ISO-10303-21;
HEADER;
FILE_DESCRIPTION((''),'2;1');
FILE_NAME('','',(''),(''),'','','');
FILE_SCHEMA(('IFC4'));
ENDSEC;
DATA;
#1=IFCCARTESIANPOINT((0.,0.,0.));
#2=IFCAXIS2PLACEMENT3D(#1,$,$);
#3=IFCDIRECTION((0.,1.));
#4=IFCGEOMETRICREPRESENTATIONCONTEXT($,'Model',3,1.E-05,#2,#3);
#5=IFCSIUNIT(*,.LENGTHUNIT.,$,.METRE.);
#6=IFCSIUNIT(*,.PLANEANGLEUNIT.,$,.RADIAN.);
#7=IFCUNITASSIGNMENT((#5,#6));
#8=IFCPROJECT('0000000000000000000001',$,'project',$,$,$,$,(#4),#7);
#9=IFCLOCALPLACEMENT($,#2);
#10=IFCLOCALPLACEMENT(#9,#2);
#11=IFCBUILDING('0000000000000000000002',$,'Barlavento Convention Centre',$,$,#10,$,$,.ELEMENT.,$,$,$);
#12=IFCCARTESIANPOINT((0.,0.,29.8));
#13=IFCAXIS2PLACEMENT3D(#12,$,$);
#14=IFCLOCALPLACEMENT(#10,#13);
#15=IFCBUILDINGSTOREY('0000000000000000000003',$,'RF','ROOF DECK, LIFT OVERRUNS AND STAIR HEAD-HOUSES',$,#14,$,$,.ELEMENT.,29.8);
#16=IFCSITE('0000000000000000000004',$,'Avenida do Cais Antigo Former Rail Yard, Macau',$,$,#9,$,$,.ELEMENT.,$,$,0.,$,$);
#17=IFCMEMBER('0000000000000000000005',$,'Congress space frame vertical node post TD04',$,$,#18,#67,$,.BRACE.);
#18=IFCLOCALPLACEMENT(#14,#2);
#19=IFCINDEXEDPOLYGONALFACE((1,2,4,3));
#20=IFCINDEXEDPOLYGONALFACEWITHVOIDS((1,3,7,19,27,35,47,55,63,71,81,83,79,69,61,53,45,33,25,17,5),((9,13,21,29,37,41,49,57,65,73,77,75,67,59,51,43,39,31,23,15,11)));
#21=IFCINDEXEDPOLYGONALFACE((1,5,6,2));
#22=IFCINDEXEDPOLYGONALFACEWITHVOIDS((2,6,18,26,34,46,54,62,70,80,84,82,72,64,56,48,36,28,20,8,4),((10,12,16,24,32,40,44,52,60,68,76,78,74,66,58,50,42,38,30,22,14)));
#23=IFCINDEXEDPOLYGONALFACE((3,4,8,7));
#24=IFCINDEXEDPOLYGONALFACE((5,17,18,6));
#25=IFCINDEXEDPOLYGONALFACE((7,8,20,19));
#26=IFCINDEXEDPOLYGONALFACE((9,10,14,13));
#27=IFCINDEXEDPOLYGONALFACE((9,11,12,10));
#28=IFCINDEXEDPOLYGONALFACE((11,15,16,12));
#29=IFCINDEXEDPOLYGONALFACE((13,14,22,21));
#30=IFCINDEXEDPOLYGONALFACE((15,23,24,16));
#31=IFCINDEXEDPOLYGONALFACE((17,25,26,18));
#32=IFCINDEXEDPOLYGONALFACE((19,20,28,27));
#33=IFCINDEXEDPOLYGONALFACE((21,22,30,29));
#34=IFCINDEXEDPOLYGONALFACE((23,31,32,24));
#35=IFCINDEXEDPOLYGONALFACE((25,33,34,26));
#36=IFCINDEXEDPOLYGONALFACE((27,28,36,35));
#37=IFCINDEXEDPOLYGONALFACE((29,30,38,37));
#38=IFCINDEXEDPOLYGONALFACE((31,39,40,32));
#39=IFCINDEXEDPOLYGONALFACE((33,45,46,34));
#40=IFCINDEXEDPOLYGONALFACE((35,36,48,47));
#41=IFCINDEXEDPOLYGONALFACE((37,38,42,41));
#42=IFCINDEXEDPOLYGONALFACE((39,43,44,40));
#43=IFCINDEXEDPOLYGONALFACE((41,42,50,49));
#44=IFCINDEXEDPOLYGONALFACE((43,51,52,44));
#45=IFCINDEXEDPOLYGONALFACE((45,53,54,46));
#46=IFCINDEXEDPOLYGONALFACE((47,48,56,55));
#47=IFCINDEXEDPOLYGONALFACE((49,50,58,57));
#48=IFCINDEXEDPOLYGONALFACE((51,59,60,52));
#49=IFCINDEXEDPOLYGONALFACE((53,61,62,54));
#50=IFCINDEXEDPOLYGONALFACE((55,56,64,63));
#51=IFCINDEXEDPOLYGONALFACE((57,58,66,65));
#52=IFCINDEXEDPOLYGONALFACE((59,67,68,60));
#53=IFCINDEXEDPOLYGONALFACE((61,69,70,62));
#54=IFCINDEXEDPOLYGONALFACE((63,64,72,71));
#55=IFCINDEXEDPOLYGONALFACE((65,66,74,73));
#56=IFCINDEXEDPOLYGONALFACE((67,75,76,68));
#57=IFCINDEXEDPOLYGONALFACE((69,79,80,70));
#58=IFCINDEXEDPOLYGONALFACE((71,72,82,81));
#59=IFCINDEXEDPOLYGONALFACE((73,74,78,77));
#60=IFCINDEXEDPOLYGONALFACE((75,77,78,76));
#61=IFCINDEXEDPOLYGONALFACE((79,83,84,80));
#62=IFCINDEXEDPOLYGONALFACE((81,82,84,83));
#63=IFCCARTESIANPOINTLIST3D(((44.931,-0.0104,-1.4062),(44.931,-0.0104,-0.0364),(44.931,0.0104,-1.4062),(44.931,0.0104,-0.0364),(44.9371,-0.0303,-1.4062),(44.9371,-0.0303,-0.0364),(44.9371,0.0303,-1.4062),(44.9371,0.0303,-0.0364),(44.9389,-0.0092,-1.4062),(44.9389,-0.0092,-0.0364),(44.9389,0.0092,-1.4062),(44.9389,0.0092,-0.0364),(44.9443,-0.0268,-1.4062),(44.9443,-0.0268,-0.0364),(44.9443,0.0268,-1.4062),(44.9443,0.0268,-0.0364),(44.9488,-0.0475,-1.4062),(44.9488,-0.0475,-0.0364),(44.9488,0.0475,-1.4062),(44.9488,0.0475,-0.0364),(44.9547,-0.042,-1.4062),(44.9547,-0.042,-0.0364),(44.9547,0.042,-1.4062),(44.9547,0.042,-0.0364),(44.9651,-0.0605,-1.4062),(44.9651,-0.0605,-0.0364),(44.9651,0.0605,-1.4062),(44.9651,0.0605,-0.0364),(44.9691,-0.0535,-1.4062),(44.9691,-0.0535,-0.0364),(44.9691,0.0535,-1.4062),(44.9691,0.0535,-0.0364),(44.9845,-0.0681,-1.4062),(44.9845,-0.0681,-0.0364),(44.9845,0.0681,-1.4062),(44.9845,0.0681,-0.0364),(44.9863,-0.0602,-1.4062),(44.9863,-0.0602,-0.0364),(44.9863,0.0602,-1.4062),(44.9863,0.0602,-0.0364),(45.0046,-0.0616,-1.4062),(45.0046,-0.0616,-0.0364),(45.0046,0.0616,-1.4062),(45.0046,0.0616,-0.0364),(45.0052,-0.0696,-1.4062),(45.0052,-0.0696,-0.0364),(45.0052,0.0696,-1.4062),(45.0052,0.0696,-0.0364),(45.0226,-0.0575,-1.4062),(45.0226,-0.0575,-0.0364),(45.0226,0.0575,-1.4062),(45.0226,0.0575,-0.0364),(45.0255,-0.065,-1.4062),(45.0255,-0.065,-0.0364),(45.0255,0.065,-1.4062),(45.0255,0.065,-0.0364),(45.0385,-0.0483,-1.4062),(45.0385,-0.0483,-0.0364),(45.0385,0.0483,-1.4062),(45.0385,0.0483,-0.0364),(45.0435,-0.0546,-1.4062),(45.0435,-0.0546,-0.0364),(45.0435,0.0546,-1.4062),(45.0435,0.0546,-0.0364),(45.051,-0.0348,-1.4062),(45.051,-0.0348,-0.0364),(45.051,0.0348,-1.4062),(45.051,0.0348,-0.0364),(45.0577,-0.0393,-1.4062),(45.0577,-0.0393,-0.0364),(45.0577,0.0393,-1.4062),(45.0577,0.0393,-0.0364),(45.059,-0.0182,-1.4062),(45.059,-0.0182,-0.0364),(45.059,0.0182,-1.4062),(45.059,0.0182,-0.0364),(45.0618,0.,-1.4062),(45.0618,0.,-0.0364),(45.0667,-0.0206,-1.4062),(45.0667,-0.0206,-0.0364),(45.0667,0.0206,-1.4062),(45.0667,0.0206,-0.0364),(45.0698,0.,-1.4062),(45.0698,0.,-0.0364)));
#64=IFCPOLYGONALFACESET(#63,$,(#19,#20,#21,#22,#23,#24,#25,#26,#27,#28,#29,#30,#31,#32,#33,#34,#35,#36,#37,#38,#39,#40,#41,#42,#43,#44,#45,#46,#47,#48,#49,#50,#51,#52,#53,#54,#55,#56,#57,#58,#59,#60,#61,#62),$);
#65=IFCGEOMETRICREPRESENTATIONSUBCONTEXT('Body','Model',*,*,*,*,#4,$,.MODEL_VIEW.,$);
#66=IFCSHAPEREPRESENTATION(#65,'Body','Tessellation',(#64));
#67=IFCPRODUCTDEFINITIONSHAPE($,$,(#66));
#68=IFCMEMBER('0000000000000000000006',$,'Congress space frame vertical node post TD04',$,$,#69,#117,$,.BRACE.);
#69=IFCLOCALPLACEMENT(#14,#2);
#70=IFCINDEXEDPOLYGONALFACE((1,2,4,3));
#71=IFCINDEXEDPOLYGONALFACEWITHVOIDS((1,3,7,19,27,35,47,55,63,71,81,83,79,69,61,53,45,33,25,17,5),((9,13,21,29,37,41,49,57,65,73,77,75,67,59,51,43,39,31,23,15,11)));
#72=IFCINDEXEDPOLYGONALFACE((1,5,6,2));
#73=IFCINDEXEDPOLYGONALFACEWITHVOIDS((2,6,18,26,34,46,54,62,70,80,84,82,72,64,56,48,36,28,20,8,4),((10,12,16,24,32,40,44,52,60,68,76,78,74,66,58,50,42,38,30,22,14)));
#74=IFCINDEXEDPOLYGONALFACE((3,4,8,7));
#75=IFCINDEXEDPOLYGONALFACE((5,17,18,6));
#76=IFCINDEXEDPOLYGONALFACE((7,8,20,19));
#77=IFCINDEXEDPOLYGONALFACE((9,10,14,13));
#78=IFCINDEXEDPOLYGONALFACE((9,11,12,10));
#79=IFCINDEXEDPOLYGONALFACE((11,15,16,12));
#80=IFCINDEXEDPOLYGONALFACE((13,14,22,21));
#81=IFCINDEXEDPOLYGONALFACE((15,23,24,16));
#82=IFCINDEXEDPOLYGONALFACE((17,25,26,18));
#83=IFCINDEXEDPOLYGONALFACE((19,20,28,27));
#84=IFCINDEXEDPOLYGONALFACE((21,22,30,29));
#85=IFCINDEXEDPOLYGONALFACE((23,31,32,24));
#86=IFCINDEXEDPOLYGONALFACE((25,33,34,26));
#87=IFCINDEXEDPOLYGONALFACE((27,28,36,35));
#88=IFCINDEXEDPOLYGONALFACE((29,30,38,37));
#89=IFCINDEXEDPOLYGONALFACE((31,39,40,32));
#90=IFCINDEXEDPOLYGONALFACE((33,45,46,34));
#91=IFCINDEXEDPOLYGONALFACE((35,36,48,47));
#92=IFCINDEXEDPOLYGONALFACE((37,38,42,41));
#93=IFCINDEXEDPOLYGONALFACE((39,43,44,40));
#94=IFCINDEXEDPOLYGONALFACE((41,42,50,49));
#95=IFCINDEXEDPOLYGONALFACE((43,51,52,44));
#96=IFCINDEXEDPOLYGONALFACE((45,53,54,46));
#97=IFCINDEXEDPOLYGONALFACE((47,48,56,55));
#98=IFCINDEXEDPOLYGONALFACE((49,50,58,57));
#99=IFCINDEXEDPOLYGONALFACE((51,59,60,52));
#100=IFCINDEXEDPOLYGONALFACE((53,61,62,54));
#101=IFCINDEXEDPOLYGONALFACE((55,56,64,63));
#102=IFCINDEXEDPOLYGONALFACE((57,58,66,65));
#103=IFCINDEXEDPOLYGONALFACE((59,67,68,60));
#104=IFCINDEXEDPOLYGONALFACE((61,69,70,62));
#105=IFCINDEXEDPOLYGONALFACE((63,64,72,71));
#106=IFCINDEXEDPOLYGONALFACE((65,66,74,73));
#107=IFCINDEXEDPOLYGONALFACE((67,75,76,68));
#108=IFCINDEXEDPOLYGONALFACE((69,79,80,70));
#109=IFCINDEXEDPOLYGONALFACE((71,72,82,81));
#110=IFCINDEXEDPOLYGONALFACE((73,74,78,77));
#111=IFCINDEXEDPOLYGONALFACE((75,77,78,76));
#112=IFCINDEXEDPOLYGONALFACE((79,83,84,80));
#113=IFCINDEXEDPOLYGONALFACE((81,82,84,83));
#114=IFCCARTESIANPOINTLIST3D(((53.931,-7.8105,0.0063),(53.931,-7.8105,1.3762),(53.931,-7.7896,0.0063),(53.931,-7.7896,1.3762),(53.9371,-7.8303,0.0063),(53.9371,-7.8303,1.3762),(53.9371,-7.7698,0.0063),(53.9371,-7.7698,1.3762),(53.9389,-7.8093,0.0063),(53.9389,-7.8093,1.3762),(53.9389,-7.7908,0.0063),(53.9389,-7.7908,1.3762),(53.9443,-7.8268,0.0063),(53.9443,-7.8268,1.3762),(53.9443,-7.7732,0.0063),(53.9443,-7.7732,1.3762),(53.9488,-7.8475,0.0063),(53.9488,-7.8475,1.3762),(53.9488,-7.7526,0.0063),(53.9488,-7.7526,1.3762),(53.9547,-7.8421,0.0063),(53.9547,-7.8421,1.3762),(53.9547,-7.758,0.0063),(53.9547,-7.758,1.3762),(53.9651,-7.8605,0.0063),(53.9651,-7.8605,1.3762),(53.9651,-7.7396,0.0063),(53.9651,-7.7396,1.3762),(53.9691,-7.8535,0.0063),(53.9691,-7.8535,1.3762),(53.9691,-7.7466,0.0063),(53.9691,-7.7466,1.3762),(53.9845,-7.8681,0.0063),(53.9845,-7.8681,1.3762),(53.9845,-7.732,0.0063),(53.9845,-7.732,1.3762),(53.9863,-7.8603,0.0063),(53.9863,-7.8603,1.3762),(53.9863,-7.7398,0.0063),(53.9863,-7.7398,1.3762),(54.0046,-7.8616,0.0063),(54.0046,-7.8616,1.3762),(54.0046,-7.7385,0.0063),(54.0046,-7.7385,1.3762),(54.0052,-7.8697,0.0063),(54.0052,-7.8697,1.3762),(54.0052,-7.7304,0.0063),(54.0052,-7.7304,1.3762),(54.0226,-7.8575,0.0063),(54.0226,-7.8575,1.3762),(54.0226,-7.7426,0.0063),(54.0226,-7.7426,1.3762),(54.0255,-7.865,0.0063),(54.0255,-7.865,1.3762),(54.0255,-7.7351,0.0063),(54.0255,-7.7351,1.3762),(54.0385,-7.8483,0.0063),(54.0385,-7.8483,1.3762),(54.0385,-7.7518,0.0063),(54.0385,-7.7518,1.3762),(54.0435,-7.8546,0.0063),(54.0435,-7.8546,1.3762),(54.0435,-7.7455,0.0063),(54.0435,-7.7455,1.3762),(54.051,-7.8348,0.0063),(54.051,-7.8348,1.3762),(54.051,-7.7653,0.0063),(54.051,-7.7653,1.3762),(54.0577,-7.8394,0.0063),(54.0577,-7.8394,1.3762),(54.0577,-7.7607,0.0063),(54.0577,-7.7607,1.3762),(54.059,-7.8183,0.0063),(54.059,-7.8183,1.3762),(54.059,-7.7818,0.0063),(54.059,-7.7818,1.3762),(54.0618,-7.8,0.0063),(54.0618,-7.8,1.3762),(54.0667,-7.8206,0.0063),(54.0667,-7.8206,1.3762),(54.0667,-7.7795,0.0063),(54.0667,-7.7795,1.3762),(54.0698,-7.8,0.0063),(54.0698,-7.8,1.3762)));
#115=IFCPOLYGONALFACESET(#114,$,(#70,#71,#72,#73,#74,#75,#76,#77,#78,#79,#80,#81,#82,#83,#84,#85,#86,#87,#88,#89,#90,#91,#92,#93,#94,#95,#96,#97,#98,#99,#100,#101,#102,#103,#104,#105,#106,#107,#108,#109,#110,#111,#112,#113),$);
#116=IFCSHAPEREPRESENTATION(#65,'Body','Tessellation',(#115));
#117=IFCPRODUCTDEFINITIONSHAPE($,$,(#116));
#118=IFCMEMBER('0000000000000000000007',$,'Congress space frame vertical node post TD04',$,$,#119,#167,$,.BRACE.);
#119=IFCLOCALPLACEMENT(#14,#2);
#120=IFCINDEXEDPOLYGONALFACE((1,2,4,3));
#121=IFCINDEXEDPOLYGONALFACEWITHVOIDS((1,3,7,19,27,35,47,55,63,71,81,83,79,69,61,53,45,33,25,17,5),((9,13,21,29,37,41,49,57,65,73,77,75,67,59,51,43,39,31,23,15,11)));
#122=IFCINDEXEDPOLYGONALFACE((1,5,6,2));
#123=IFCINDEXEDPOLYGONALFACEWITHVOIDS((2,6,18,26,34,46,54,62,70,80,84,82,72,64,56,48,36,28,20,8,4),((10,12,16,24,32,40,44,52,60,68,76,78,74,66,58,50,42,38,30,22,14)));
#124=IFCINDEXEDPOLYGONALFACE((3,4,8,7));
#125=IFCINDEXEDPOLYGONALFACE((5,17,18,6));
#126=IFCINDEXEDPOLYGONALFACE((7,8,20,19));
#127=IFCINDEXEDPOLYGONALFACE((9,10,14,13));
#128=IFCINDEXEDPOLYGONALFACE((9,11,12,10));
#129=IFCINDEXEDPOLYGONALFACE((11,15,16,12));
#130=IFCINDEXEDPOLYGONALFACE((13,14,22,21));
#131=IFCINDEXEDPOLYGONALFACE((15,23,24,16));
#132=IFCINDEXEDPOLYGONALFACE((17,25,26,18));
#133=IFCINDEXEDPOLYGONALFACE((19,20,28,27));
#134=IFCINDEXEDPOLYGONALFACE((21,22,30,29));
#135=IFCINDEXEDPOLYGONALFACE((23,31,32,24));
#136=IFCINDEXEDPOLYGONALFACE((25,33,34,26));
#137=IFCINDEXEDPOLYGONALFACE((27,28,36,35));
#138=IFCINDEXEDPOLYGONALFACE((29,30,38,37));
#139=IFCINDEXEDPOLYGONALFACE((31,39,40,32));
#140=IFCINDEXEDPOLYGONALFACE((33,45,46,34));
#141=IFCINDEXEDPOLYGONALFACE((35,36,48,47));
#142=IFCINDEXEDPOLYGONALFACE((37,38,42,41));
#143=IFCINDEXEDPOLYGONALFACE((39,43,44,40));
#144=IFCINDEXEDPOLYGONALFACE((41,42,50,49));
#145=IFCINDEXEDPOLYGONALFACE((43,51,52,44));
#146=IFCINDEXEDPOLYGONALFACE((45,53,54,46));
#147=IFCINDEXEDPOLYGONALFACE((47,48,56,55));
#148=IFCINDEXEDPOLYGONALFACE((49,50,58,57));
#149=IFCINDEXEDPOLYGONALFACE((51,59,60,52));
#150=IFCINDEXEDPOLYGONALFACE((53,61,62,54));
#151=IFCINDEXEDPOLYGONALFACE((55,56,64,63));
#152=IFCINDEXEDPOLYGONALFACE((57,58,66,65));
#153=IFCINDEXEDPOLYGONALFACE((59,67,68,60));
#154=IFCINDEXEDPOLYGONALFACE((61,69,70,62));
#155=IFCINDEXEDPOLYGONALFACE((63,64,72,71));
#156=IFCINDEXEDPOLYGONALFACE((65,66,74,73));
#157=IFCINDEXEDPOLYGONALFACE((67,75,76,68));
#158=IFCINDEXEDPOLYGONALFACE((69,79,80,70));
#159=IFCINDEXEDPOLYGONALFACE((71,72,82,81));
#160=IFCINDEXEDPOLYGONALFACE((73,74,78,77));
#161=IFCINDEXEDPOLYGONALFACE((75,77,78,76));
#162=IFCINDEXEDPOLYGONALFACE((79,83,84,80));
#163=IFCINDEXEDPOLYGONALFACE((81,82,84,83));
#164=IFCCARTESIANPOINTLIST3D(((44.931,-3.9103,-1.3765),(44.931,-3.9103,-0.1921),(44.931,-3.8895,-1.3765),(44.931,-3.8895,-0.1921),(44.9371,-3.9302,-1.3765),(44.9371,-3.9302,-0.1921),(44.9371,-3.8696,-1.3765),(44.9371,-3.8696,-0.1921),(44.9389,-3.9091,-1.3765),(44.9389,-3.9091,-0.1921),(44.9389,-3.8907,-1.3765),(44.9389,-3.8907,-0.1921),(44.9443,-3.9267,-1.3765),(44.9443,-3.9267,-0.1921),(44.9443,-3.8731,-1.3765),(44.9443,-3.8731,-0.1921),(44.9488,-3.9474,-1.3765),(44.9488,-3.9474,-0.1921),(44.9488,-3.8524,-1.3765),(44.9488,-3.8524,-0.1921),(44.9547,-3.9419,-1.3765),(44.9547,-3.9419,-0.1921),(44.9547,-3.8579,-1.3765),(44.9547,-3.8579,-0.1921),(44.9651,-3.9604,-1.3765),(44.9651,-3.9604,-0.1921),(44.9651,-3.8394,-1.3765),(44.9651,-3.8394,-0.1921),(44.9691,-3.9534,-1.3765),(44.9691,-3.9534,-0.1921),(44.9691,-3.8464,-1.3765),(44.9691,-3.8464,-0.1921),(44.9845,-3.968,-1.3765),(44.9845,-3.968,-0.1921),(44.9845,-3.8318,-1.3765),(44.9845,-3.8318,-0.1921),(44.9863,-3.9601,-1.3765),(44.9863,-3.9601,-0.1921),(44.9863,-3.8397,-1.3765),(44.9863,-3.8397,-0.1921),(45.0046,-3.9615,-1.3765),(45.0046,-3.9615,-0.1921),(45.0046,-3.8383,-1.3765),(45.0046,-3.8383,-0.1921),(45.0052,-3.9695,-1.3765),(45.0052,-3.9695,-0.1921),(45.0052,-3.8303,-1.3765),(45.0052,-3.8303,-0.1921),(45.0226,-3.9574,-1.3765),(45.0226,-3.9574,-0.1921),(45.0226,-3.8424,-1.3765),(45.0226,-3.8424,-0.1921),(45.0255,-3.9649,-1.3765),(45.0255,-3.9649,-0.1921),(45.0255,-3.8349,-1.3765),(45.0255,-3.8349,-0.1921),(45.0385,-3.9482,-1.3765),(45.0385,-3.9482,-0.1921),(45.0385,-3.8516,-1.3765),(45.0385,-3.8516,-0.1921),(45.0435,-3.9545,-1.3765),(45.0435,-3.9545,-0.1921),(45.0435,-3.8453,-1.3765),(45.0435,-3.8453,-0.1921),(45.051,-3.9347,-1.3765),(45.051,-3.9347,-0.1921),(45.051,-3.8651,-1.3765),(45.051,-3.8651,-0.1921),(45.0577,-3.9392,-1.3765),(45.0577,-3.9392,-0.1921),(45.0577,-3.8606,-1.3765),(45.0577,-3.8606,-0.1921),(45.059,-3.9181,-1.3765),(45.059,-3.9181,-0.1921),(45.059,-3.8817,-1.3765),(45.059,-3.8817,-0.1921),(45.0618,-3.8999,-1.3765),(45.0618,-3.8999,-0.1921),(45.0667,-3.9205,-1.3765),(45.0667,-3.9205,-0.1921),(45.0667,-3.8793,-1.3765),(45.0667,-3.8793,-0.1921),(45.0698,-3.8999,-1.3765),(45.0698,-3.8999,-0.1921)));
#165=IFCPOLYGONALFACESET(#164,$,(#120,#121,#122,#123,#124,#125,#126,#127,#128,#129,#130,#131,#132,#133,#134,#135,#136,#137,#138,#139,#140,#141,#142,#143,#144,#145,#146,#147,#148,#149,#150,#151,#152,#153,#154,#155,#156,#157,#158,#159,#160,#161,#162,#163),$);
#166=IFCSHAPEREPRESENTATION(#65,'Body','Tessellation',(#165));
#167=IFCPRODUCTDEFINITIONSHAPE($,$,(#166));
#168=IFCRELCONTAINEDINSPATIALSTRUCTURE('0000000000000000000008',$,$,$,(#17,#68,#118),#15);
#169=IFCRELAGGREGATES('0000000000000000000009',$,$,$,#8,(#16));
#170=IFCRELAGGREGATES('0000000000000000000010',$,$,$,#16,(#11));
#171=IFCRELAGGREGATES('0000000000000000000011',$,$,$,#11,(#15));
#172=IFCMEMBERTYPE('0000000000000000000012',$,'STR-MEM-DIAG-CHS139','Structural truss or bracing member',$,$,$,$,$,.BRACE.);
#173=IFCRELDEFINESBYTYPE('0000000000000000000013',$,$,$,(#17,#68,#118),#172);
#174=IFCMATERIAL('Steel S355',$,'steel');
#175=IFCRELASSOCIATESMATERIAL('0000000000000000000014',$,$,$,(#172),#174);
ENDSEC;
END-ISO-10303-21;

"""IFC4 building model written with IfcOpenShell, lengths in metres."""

from ifc_helpers import new_model, si_unit, direction, frame, origin, origin_2d, place, context, subcontext, project, spatial, hollow_circle, extrude, material, material_profile, profile_set, type_object, element, save


model = new_model("IFC4")

# Units and contexts
model_context = context("Model", 3, precision=1e-05, world=origin(), true_north=direction((0.0, 1.0)))
body_context = subcontext(model_context, "Body", "Model", "MODEL_VIEW")
ifc_project = project(units=[si_unit("LENGTHUNIT", "METRE"), si_unit("PLANEANGLEUNIT", "RADIAN")], contexts=[model_context])

# Site, building, storey
site_placement = place(None, origin())
site = spatial("IfcSite", under=ifc_project, at=site_placement, Name="Avenida do Cais Antigo Former Rail Yard, Macau", CompositionType="ELEMENT", RefElevation=0.0)
building_placement = place(site_placement, origin())
building = spatial("IfcBuilding", under=site, at=building_placement, Name="Barlavento Convention Centre", CompositionType="ELEMENT")
storey_placement = place(building_placement, frame((0.0, 0.0, 29.8)))
storey = spatial("IfcBuildingStorey", under=building, at=storey_placement, Name="RF", Description="ROOF DECK, LIFT OVERRUNS AND STAIR HEAD-HOUSES", CompositionType="ELEMENT", Elevation=29.8)

# Shared definitions
ifc_material_1 = material(Name="Steel S355", Category="steel")

# Members
ifc_material_profile_1 = material_profile(ifc_material_1, hollow_circle(Radius=0.0698, WallThickness=0.0081, at=origin_2d()), Name="CHS 139.7x8.0")
ifc_profile_set_1 = profile_set([ifc_material_profile_1], Name="Steel S355")
member_type_1 = type_object("IfcMemberType", Name="STR-MEM-DIAG-CHS139", Description="Structural truss or bracing member", PredefinedType="BRACE", material=ifc_profile_set_1)
for number, where, z_axis, x_axis, name in (
    (1, (45.0, 0.0, -1.4062), (0.0, 0.0, 1.0), (1.0, 0.0, 0.0), "Congress space frame vertical node post TD04"),
    (2, (54.0, -7.8, 0.0063), (0.0, 0.0, 1.0), (1.0, 0.0, 0.0), "Congress space frame vertical node post TD04"),
):
    element("IfcMember", number, at=place(storey_placement, frame(where, z_axis=z_axis, x_axis=x_axis)), inside=storey, type_object=member_type_1, Name=name, PredefinedType="BRACE", context=body_context, shape_type="SweptSolid", body=[
        extrude(hollow_circle(Radius=0.0698, WallThickness=0.0081, at=origin_2d()), origin(), (0.0, 0.0, 1.0), 1.3699),
    ])
member_1_placement = place(storey_placement, frame((45.0, -3.8999, -1.3765), z_axis=(0.0, 0.0, 1.0), x_axis=(1.0, 0.0, 0.0)))
element("IfcMember", 3, at=member_1_placement, inside=storey, type_object=member_type_1, Name="Congress space frame vertical node post TD04", PredefinedType="BRACE", context=body_context, shape_type="SweptSolid", body=[
    extrude(hollow_circle(Radius=0.0698, WallThickness=0.0081, at=origin_2d()), origin(), (0.0, 0.0, 1.0), 1.1843),
])

save(model, "model.ifc")
